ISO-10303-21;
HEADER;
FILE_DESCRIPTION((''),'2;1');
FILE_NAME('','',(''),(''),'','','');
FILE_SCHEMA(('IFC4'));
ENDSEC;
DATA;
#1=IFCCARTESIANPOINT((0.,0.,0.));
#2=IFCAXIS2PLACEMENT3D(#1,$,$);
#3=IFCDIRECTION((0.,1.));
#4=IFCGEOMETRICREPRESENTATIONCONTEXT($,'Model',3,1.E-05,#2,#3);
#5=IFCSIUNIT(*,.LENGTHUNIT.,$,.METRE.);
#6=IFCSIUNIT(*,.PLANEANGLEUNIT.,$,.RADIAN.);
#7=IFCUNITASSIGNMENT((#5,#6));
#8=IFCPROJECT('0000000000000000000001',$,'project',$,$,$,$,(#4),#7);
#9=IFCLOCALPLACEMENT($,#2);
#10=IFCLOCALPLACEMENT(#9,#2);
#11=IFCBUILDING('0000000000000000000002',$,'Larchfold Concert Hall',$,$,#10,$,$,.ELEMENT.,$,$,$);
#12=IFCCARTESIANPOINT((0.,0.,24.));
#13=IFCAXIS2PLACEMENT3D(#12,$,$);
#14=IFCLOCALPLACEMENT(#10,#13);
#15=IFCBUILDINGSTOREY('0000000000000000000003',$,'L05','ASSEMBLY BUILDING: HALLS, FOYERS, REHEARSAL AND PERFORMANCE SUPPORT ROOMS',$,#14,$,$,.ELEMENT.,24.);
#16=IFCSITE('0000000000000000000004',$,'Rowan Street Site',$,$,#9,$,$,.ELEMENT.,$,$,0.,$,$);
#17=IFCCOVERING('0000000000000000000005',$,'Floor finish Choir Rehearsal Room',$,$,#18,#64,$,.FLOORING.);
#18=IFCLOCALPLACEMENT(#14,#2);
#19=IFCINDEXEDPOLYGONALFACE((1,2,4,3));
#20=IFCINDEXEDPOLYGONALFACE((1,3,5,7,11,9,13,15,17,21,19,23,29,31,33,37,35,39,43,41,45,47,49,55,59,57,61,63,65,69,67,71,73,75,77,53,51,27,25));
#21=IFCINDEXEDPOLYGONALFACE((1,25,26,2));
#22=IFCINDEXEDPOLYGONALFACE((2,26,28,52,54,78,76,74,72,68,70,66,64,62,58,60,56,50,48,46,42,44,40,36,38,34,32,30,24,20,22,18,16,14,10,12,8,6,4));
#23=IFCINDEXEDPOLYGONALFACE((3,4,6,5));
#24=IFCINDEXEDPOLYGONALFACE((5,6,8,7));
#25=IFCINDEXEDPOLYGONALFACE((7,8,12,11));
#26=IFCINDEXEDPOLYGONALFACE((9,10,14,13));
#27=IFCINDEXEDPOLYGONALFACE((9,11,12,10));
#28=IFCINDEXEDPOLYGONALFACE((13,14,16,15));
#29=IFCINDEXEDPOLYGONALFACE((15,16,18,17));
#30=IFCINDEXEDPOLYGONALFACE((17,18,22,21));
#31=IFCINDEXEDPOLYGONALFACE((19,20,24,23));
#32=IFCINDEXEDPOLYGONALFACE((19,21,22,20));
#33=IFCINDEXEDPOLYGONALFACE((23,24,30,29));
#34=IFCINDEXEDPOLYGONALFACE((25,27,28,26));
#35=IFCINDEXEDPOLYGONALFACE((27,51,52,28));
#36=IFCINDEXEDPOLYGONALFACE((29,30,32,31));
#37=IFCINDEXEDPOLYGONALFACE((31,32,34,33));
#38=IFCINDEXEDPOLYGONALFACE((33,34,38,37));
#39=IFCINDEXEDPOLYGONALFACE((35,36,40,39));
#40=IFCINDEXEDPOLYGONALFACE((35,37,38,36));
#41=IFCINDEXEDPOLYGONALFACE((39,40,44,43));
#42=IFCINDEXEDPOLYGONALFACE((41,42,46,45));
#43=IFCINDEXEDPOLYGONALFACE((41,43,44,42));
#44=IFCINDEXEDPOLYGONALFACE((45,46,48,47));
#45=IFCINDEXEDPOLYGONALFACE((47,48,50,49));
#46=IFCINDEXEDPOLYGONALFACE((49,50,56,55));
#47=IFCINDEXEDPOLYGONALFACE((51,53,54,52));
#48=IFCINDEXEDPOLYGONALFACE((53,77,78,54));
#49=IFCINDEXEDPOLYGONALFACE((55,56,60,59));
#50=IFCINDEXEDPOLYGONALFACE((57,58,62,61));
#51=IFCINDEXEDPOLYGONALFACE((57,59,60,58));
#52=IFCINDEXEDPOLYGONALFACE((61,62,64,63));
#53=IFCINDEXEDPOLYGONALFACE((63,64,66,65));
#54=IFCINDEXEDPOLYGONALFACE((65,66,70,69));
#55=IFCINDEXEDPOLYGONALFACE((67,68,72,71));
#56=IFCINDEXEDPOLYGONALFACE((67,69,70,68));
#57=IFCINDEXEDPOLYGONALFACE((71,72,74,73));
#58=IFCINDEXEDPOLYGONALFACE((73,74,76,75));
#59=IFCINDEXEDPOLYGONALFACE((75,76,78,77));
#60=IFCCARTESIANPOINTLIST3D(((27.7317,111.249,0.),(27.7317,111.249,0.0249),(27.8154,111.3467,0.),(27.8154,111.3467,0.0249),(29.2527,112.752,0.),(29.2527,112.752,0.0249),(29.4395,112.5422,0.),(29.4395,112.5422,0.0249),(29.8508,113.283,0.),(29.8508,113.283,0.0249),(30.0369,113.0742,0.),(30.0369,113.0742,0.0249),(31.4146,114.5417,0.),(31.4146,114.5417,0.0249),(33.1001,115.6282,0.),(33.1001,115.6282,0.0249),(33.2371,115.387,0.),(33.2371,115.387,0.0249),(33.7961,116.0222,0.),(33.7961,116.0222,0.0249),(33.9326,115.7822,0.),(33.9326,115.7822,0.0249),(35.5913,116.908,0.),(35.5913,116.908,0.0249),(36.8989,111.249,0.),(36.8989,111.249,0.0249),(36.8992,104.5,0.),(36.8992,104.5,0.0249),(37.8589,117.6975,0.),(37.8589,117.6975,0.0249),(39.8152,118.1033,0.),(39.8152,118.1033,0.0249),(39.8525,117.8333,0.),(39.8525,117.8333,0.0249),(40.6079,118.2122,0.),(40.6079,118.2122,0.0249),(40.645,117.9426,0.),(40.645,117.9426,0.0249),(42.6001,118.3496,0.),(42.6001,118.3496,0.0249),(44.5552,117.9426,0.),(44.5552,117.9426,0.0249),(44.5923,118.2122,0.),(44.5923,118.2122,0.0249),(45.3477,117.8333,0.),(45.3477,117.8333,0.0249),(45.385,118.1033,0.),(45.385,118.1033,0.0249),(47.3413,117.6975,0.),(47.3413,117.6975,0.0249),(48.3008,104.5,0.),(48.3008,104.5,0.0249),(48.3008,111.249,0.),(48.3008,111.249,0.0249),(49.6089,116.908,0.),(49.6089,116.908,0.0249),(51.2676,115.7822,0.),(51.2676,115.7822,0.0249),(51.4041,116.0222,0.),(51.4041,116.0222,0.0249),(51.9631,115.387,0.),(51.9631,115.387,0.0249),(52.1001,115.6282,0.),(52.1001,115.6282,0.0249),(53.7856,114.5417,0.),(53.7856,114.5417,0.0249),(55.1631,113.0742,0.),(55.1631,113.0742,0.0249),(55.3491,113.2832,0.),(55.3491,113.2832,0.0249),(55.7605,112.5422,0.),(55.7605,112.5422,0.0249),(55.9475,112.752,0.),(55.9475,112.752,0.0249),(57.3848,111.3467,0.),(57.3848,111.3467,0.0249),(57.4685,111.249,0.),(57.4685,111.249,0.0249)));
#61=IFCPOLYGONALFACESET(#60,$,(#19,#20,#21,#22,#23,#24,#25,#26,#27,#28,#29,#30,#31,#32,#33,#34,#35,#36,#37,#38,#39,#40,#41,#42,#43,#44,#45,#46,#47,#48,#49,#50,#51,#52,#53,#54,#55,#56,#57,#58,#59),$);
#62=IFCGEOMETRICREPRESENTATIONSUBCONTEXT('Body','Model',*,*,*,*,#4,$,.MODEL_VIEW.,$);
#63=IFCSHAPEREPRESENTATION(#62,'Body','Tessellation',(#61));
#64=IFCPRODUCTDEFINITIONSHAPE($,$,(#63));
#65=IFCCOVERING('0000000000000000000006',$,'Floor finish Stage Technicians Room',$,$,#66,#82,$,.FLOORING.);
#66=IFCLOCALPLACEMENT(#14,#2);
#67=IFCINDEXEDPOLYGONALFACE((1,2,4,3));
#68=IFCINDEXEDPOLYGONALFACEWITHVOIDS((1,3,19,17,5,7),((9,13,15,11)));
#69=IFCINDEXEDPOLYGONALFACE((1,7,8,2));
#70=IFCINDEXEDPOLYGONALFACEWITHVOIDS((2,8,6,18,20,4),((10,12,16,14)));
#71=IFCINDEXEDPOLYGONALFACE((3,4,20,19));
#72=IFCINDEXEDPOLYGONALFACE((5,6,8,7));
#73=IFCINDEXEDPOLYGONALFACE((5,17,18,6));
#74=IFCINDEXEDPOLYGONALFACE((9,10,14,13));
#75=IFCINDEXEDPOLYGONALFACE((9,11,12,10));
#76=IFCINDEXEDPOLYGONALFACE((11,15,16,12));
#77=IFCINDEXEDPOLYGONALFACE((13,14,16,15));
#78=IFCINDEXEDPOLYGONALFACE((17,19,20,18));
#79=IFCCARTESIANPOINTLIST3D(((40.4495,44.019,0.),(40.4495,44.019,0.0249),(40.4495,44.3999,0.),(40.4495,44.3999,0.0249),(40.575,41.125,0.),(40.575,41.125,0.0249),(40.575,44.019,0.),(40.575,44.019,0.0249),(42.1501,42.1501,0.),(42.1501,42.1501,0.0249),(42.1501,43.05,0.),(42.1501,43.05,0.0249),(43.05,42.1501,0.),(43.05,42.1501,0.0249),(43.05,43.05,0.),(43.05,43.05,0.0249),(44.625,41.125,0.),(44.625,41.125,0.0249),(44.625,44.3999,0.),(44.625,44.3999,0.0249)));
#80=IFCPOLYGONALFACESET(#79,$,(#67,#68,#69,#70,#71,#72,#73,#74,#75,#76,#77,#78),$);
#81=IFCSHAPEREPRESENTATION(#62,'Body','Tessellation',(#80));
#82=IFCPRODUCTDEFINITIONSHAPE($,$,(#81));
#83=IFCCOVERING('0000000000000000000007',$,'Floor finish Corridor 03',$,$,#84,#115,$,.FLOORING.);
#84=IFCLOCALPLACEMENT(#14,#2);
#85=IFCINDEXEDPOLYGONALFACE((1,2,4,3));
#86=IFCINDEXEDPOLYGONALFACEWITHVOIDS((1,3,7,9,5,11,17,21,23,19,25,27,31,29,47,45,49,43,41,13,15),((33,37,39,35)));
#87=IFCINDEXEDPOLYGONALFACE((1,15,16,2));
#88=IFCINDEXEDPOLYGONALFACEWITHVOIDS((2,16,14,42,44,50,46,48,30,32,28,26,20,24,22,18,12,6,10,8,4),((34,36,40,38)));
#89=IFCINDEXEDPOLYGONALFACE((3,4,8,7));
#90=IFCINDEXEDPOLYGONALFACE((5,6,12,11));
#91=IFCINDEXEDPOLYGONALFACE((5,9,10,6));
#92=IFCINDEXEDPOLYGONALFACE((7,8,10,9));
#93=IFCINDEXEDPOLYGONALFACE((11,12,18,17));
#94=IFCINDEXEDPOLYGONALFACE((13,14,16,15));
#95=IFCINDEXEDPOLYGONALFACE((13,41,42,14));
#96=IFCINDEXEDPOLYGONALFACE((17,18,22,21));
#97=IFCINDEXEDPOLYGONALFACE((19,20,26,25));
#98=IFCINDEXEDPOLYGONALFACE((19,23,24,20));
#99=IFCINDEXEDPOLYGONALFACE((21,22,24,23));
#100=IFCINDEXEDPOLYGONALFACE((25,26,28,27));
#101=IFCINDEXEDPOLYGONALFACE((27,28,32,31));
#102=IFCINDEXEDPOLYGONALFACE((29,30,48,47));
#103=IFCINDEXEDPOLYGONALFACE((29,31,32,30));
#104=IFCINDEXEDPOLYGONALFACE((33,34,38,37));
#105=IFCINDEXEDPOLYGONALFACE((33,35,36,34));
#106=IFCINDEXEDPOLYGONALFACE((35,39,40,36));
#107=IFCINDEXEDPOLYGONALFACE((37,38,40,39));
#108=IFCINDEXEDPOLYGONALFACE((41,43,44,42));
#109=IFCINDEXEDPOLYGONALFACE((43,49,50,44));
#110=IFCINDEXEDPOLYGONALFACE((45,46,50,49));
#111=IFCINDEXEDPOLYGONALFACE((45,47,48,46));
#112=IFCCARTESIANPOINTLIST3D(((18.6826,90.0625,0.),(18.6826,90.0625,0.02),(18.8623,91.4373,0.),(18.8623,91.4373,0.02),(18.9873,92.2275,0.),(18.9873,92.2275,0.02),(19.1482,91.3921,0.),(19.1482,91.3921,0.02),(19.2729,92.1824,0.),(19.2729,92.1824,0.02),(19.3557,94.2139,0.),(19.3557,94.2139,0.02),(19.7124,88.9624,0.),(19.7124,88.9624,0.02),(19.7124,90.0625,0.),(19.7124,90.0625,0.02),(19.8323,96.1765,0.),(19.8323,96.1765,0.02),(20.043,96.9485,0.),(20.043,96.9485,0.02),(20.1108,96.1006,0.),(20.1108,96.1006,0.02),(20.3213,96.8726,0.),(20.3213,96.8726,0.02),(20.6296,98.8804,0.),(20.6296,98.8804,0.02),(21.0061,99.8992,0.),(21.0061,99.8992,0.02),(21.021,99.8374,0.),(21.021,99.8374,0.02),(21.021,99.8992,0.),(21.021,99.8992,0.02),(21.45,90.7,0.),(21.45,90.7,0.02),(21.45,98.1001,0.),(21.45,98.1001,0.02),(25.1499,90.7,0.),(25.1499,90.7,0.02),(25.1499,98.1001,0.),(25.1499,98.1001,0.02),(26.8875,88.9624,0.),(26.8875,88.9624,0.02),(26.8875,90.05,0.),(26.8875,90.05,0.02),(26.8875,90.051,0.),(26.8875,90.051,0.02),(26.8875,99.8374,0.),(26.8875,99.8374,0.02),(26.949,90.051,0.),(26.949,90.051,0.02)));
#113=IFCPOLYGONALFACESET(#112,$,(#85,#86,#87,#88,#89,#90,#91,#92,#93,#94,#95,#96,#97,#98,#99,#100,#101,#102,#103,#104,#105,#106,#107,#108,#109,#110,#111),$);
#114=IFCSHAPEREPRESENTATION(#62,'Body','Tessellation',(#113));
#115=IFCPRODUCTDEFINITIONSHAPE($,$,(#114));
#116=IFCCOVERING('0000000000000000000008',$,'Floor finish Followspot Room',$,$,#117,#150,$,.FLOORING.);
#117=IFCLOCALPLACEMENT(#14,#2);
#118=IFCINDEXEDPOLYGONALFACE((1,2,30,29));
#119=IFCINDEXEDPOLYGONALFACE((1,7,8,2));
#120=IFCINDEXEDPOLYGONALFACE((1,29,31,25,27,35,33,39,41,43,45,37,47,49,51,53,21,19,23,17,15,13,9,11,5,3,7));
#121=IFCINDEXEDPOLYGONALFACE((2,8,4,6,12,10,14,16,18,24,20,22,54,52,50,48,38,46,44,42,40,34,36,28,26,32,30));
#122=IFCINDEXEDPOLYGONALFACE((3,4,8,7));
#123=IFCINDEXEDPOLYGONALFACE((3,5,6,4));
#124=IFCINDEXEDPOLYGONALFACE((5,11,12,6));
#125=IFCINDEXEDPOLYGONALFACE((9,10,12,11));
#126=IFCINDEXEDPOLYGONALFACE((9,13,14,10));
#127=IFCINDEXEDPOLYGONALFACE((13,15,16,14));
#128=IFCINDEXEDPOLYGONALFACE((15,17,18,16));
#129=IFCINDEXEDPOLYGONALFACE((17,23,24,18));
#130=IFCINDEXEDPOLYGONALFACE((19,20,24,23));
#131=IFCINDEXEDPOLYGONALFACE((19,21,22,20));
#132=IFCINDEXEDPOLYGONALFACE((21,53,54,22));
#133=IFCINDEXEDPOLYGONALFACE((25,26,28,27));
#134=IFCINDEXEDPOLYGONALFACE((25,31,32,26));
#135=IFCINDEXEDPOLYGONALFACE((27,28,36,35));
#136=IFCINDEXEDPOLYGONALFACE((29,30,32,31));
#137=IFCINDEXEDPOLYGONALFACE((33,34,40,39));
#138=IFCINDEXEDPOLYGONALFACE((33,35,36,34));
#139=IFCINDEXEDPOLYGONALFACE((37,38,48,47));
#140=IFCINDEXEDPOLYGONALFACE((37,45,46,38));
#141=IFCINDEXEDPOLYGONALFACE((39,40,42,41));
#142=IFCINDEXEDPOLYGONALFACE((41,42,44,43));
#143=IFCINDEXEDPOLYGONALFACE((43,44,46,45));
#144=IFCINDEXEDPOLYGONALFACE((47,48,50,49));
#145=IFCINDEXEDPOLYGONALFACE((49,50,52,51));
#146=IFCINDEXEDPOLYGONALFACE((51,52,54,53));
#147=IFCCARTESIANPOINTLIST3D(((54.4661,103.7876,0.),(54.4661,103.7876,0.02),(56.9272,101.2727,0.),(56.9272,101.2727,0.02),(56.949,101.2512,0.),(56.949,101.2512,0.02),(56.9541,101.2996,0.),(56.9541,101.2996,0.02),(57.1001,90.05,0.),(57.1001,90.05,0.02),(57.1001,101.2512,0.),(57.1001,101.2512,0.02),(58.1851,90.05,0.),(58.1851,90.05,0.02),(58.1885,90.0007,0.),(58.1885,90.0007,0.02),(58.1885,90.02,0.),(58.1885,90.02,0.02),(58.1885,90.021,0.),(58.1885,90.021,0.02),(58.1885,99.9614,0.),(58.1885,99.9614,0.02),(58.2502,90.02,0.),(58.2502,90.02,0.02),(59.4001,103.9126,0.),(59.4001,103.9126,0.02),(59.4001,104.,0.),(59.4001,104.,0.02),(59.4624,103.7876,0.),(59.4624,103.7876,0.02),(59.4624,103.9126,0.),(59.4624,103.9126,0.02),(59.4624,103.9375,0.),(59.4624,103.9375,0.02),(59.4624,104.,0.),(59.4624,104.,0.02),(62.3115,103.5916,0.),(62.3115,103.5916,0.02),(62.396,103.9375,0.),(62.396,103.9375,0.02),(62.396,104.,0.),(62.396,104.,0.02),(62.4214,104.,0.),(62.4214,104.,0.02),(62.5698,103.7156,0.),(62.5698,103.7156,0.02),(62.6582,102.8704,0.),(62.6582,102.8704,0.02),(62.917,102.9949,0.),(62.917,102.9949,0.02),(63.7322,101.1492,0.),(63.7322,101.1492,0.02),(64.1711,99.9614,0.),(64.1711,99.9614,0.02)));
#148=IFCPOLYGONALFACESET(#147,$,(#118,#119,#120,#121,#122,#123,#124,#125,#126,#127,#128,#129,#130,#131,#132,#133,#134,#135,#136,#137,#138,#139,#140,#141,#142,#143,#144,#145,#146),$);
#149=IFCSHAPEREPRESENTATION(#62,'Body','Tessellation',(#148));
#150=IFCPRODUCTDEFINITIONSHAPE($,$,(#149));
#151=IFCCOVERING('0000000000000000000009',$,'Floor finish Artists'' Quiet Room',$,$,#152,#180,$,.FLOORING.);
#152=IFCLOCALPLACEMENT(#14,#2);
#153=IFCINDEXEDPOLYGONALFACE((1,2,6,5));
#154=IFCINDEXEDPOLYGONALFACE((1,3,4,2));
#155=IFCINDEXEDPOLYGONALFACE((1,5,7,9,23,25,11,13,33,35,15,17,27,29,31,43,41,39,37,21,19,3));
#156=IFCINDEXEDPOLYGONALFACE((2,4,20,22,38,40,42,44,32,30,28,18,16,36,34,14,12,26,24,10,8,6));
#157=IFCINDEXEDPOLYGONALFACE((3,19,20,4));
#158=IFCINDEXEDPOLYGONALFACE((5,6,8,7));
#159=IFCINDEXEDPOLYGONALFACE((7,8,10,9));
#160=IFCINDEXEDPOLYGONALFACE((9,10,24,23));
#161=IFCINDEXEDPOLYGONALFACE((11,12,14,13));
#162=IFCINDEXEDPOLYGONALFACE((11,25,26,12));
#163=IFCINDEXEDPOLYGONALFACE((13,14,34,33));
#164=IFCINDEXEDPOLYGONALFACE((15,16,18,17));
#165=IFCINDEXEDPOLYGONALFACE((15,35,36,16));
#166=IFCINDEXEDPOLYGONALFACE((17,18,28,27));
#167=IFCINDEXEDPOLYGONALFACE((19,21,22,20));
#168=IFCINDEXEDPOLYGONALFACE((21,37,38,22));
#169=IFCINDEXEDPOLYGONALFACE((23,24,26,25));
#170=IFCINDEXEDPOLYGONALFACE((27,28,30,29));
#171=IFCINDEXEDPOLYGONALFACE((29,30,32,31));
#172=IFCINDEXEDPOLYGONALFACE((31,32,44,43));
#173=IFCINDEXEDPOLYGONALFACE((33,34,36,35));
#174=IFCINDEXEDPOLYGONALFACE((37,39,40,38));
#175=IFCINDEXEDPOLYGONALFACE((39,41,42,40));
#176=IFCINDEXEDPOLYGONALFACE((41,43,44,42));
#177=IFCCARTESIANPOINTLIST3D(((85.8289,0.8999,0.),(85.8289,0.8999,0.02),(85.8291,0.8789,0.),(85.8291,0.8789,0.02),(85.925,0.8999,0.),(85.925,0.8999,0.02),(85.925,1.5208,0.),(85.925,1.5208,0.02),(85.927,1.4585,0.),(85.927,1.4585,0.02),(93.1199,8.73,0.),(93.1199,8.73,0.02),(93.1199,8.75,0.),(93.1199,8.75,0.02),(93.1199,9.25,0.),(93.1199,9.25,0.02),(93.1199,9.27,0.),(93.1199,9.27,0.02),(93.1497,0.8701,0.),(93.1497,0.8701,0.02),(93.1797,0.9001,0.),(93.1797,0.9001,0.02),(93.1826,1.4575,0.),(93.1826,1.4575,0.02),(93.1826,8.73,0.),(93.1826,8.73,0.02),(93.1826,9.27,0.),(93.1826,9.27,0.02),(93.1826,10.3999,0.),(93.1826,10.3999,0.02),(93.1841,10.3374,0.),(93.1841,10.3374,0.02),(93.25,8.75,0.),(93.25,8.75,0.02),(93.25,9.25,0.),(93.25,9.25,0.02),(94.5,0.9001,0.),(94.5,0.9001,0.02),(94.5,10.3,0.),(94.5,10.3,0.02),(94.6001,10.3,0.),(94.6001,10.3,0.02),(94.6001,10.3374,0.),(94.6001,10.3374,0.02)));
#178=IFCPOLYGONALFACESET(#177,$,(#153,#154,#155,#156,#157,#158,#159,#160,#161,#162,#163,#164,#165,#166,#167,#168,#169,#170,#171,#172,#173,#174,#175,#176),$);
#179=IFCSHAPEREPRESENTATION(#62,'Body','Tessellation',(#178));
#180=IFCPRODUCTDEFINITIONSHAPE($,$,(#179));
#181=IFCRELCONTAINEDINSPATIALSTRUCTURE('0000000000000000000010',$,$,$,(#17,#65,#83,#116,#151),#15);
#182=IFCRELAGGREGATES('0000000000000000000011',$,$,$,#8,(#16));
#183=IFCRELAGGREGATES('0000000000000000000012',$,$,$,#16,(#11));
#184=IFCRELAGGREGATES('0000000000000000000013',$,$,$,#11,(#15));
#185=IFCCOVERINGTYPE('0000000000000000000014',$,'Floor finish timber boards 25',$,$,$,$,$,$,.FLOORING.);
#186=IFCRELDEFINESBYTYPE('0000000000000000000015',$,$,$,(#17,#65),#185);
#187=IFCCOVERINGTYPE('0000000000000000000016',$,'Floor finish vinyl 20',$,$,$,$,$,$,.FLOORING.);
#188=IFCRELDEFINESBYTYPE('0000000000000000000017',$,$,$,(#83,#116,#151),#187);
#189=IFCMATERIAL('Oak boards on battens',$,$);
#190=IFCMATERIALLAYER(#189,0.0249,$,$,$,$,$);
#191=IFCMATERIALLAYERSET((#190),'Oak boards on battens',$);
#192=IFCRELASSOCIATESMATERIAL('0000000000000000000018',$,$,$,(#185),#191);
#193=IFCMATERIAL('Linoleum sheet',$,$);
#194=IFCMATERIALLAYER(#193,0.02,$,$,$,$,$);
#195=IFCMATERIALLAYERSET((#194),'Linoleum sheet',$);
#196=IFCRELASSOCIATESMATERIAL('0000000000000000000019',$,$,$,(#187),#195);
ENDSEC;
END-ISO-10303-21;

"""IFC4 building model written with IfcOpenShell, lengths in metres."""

from ifc_helpers import new_model, si_unit, direction, frame, origin, place, context, subcontext, project, spatial, polyline, outline, extrude, material, layer, layer_set, type_object, element, save


model = new_model("IFC4")

# Units and contexts
model_context = context("Model", 3, precision=1e-05, world=origin(), true_north=direction((0.0, 1.0)))
body_context = subcontext(model_context, "Body", "Model", "MODEL_VIEW")
ifc_project = project(units=[si_unit("LENGTHUNIT", "METRE"), si_unit("PLANEANGLEUNIT", "RADIAN")], contexts=[model_context])

# Site, building, storey
site_placement = place(None, origin())
site = spatial("IfcSite", under=ifc_project, at=site_placement, Name="Rowan Street Site", CompositionType="ELEMENT", RefElevation=0.0)
building_placement = place(site_placement, origin())
building = spatial("IfcBuilding", under=site, at=building_placement, Name="Larchfold Concert Hall", CompositionType="ELEMENT")
storey_placement = place(building_placement, frame((0.0, 0.0, 24.0)))
storey = spatial("IfcBuildingStorey", under=building, at=storey_placement, Name="L05", Description="ASSEMBLY BUILDING: HALLS, FOYERS, REHEARSAL AND PERFORMANCE SUPPORT ROOMS", CompositionType="ELEMENT", Elevation=24.0)

# Coverings
ifc_material_1 = material(Name="Oak boards on battens")
ifc_layer_1 = layer(ifc_material_1, 0.0249)
ifc_layer_set_1 = layer_set([ifc_layer_1], Name="Oak boards on battens")
covering_type_1 = type_object("IfcCoveringType", Name="Floor finish timber boards 25", PredefinedType="FLOORING", material=ifc_layer_set_1)
covering_1_placement = place(storey_placement, origin())
element("IfcCovering", 1, at=covering_1_placement, inside=storey, type_object=covering_type_1, Name="Floor finish Choir Rehearsal Room", PredefinedType="FLOORING", context=body_context, shape_type="SweptSolid", body=[
    extrude(outline(polyline([(29.2527, 112.752), (27.8154, 111.3467), (27.7317, 111.249), (36.8989, 111.249), (36.8992, 104.5), (48.3008, 104.5), (48.3008, 111.249), (57.4685, 111.249), (57.3848, 111.3467), (55.9475, 112.752), (55.7605, 112.5422), (55.1631, 113.0742), (55.3491, 113.2832), (53.7856, 114.5417), (52.1001, 115.6282), (51.9631, 115.387), (51.2676, 115.7822), (51.4041, 116.0222), (49.6089, 116.908), (47.3413, 117.6975), (45.385, 118.1033), (45.3477, 117.8333), (44.5552, 117.9426), (44.5923, 118.2122), (42.6001, 118.3496), (40.6079, 118.2122), (40.645, 117.9426), (39.8525, 117.8333), (39.8152, 118.1033), (37.8589, 117.6975), (35.5913, 116.908), (33.7961, 116.0222), (33.9326, 115.7822), (33.2371, 115.387), (33.1001, 115.6282), (31.4146, 114.5417), (29.8508, 113.283), (30.0369, 113.0742), (29.4395, 112.5422), (29.2527, 112.752)])), origin(), (0.0, 0.0, 1.0), 0.0249),
])
covering_2_placement = place(storey_placement, origin())
element("IfcCovering", 2, at=covering_2_placement, inside=storey, type_object=covering_type_1, Name="Floor finish Stage Technicians Room", PredefinedType="FLOORING", context=body_context, shape_type="SweptSolid", body=[
    extrude(outline(polyline([(40.4495, 44.3999), (40.4495, 44.019), (40.575, 44.019), (40.575, 41.125), (44.625, 41.125), (44.625, 44.3999), (40.4495, 44.3999)]), holes=[polyline([(42.1501, 42.1501), (42.1501, 43.05), (43.05, 43.05), (43.05, 42.1501), (42.1501, 42.1501)])]), origin(), (0.0, 0.0, 1.0), 0.0249),
])
ifc_material_2 = material(Name="Linoleum sheet")
ifc_layer_2 = layer(ifc_material_2, 0.02)
ifc_layer_set_2 = layer_set([ifc_layer_2], Name="Linoleum sheet")
covering_type_2 = type_object("IfcCoveringType", Name="Floor finish vinyl 20", PredefinedType="FLOORING", material=ifc_layer_set_2)
covering_3_placement = place(storey_placement, origin())
element("IfcCovering", 3, at=covering_3_placement, inside=storey, type_object=covering_type_2, Name="Floor finish Corridor 03", PredefinedType="FLOORING", context=body_context, shape_type="SweptSolid", body=[
    extrude(outline(polyline([(19.8323, 96.1765), (19.3557, 94.2139), (18.9873, 92.2275), (19.2729, 92.1824), (19.1482, 91.3921), (18.8623, 91.4373), (18.6826, 90.0625), (19.7124, 90.0625), (19.7124, 88.9624), (26.8875, 88.9624), (26.8875, 90.05), (26.949, 90.051), (26.8875, 90.051), (26.8875, 99.8374), (21.021, 99.8374), (21.021, 99.8992), (21.0061, 99.8992), (20.6296, 98.8804), (20.043, 96.9485), (20.3213, 96.8726), (20.1108, 96.1006), (19.8323, 96.1765)]), holes=[polyline([(25.1499, 98.1001), (25.1499, 90.7), (21.45, 90.7), (21.45, 98.1001), (25.1499, 98.1001)])]), origin(), (0.0, 0.0, 1.0), 0.02),
])
covering_4_placement = place(storey_placement, origin())
element("IfcCovering", 4, at=covering_4_placement, inside=storey, type_object=covering_type_2, Name="Floor finish Followspot Room", PredefinedType="FLOORING", context=body_context, shape_type="SweptSolid", body=[
    extrude(outline(polyline([(57.1001, 90.05), (58.1851, 90.05), (58.1885, 90.0007), (58.1885, 90.02), (58.2502, 90.02), (58.1885, 90.021), (58.1885, 99.9614), (64.1711, 99.9614), (63.7322, 101.1492), (62.917, 102.9949), (62.6582, 102.8704), (62.3115, 103.5916), (62.5698, 103.7156), (62.4214, 104.0), (62.396, 104.0), (62.396, 103.9375), (59.4624, 103.9375), (59.4624, 104.0), (59.4001, 104.0), (59.4001, 103.9126), (59.4624, 103.9126), (59.4624, 103.7876), (54.4661, 103.7876), (56.9541, 101.2996), (56.9272, 101.2727), (56.949, 101.2512), (57.1001, 101.2512), (57.1001, 90.05)])), origin(), (0.0, 0.0, 1.0), 0.02),
])
covering_5_placement = place(storey_placement, origin())
element("IfcCovering", 5, at=covering_5_placement, inside=storey, type_object=covering_type_2, Name="Floor finish Artists' Quiet Room", PredefinedType="FLOORING", context=body_context, shape_type="SweptSolid", body=[
    extrude(outline(polyline([(85.925, 1.5208), (85.925, 0.8999), (85.8289, 0.8999), (85.8291, 0.8789), (93.1497, 0.8701), (93.1797, 0.9001), (94.5, 0.9001), (94.5, 10.3), (94.6001, 10.3), (94.6001, 10.3374), (93.1841, 10.3374), (93.1826, 10.3999), (93.1826, 9.27), (93.1199, 9.27), (93.1199, 9.25), (93.25, 9.25), (93.25, 8.75), (93.1199, 8.75), (93.1199, 8.73), (93.1826, 8.73), (93.1826, 1.4575), (85.927, 1.4585), (85.925, 1.5208)])), origin(), (0.0, 0.0, 1.0), 0.02),
])

save(model, "model.ifc")
